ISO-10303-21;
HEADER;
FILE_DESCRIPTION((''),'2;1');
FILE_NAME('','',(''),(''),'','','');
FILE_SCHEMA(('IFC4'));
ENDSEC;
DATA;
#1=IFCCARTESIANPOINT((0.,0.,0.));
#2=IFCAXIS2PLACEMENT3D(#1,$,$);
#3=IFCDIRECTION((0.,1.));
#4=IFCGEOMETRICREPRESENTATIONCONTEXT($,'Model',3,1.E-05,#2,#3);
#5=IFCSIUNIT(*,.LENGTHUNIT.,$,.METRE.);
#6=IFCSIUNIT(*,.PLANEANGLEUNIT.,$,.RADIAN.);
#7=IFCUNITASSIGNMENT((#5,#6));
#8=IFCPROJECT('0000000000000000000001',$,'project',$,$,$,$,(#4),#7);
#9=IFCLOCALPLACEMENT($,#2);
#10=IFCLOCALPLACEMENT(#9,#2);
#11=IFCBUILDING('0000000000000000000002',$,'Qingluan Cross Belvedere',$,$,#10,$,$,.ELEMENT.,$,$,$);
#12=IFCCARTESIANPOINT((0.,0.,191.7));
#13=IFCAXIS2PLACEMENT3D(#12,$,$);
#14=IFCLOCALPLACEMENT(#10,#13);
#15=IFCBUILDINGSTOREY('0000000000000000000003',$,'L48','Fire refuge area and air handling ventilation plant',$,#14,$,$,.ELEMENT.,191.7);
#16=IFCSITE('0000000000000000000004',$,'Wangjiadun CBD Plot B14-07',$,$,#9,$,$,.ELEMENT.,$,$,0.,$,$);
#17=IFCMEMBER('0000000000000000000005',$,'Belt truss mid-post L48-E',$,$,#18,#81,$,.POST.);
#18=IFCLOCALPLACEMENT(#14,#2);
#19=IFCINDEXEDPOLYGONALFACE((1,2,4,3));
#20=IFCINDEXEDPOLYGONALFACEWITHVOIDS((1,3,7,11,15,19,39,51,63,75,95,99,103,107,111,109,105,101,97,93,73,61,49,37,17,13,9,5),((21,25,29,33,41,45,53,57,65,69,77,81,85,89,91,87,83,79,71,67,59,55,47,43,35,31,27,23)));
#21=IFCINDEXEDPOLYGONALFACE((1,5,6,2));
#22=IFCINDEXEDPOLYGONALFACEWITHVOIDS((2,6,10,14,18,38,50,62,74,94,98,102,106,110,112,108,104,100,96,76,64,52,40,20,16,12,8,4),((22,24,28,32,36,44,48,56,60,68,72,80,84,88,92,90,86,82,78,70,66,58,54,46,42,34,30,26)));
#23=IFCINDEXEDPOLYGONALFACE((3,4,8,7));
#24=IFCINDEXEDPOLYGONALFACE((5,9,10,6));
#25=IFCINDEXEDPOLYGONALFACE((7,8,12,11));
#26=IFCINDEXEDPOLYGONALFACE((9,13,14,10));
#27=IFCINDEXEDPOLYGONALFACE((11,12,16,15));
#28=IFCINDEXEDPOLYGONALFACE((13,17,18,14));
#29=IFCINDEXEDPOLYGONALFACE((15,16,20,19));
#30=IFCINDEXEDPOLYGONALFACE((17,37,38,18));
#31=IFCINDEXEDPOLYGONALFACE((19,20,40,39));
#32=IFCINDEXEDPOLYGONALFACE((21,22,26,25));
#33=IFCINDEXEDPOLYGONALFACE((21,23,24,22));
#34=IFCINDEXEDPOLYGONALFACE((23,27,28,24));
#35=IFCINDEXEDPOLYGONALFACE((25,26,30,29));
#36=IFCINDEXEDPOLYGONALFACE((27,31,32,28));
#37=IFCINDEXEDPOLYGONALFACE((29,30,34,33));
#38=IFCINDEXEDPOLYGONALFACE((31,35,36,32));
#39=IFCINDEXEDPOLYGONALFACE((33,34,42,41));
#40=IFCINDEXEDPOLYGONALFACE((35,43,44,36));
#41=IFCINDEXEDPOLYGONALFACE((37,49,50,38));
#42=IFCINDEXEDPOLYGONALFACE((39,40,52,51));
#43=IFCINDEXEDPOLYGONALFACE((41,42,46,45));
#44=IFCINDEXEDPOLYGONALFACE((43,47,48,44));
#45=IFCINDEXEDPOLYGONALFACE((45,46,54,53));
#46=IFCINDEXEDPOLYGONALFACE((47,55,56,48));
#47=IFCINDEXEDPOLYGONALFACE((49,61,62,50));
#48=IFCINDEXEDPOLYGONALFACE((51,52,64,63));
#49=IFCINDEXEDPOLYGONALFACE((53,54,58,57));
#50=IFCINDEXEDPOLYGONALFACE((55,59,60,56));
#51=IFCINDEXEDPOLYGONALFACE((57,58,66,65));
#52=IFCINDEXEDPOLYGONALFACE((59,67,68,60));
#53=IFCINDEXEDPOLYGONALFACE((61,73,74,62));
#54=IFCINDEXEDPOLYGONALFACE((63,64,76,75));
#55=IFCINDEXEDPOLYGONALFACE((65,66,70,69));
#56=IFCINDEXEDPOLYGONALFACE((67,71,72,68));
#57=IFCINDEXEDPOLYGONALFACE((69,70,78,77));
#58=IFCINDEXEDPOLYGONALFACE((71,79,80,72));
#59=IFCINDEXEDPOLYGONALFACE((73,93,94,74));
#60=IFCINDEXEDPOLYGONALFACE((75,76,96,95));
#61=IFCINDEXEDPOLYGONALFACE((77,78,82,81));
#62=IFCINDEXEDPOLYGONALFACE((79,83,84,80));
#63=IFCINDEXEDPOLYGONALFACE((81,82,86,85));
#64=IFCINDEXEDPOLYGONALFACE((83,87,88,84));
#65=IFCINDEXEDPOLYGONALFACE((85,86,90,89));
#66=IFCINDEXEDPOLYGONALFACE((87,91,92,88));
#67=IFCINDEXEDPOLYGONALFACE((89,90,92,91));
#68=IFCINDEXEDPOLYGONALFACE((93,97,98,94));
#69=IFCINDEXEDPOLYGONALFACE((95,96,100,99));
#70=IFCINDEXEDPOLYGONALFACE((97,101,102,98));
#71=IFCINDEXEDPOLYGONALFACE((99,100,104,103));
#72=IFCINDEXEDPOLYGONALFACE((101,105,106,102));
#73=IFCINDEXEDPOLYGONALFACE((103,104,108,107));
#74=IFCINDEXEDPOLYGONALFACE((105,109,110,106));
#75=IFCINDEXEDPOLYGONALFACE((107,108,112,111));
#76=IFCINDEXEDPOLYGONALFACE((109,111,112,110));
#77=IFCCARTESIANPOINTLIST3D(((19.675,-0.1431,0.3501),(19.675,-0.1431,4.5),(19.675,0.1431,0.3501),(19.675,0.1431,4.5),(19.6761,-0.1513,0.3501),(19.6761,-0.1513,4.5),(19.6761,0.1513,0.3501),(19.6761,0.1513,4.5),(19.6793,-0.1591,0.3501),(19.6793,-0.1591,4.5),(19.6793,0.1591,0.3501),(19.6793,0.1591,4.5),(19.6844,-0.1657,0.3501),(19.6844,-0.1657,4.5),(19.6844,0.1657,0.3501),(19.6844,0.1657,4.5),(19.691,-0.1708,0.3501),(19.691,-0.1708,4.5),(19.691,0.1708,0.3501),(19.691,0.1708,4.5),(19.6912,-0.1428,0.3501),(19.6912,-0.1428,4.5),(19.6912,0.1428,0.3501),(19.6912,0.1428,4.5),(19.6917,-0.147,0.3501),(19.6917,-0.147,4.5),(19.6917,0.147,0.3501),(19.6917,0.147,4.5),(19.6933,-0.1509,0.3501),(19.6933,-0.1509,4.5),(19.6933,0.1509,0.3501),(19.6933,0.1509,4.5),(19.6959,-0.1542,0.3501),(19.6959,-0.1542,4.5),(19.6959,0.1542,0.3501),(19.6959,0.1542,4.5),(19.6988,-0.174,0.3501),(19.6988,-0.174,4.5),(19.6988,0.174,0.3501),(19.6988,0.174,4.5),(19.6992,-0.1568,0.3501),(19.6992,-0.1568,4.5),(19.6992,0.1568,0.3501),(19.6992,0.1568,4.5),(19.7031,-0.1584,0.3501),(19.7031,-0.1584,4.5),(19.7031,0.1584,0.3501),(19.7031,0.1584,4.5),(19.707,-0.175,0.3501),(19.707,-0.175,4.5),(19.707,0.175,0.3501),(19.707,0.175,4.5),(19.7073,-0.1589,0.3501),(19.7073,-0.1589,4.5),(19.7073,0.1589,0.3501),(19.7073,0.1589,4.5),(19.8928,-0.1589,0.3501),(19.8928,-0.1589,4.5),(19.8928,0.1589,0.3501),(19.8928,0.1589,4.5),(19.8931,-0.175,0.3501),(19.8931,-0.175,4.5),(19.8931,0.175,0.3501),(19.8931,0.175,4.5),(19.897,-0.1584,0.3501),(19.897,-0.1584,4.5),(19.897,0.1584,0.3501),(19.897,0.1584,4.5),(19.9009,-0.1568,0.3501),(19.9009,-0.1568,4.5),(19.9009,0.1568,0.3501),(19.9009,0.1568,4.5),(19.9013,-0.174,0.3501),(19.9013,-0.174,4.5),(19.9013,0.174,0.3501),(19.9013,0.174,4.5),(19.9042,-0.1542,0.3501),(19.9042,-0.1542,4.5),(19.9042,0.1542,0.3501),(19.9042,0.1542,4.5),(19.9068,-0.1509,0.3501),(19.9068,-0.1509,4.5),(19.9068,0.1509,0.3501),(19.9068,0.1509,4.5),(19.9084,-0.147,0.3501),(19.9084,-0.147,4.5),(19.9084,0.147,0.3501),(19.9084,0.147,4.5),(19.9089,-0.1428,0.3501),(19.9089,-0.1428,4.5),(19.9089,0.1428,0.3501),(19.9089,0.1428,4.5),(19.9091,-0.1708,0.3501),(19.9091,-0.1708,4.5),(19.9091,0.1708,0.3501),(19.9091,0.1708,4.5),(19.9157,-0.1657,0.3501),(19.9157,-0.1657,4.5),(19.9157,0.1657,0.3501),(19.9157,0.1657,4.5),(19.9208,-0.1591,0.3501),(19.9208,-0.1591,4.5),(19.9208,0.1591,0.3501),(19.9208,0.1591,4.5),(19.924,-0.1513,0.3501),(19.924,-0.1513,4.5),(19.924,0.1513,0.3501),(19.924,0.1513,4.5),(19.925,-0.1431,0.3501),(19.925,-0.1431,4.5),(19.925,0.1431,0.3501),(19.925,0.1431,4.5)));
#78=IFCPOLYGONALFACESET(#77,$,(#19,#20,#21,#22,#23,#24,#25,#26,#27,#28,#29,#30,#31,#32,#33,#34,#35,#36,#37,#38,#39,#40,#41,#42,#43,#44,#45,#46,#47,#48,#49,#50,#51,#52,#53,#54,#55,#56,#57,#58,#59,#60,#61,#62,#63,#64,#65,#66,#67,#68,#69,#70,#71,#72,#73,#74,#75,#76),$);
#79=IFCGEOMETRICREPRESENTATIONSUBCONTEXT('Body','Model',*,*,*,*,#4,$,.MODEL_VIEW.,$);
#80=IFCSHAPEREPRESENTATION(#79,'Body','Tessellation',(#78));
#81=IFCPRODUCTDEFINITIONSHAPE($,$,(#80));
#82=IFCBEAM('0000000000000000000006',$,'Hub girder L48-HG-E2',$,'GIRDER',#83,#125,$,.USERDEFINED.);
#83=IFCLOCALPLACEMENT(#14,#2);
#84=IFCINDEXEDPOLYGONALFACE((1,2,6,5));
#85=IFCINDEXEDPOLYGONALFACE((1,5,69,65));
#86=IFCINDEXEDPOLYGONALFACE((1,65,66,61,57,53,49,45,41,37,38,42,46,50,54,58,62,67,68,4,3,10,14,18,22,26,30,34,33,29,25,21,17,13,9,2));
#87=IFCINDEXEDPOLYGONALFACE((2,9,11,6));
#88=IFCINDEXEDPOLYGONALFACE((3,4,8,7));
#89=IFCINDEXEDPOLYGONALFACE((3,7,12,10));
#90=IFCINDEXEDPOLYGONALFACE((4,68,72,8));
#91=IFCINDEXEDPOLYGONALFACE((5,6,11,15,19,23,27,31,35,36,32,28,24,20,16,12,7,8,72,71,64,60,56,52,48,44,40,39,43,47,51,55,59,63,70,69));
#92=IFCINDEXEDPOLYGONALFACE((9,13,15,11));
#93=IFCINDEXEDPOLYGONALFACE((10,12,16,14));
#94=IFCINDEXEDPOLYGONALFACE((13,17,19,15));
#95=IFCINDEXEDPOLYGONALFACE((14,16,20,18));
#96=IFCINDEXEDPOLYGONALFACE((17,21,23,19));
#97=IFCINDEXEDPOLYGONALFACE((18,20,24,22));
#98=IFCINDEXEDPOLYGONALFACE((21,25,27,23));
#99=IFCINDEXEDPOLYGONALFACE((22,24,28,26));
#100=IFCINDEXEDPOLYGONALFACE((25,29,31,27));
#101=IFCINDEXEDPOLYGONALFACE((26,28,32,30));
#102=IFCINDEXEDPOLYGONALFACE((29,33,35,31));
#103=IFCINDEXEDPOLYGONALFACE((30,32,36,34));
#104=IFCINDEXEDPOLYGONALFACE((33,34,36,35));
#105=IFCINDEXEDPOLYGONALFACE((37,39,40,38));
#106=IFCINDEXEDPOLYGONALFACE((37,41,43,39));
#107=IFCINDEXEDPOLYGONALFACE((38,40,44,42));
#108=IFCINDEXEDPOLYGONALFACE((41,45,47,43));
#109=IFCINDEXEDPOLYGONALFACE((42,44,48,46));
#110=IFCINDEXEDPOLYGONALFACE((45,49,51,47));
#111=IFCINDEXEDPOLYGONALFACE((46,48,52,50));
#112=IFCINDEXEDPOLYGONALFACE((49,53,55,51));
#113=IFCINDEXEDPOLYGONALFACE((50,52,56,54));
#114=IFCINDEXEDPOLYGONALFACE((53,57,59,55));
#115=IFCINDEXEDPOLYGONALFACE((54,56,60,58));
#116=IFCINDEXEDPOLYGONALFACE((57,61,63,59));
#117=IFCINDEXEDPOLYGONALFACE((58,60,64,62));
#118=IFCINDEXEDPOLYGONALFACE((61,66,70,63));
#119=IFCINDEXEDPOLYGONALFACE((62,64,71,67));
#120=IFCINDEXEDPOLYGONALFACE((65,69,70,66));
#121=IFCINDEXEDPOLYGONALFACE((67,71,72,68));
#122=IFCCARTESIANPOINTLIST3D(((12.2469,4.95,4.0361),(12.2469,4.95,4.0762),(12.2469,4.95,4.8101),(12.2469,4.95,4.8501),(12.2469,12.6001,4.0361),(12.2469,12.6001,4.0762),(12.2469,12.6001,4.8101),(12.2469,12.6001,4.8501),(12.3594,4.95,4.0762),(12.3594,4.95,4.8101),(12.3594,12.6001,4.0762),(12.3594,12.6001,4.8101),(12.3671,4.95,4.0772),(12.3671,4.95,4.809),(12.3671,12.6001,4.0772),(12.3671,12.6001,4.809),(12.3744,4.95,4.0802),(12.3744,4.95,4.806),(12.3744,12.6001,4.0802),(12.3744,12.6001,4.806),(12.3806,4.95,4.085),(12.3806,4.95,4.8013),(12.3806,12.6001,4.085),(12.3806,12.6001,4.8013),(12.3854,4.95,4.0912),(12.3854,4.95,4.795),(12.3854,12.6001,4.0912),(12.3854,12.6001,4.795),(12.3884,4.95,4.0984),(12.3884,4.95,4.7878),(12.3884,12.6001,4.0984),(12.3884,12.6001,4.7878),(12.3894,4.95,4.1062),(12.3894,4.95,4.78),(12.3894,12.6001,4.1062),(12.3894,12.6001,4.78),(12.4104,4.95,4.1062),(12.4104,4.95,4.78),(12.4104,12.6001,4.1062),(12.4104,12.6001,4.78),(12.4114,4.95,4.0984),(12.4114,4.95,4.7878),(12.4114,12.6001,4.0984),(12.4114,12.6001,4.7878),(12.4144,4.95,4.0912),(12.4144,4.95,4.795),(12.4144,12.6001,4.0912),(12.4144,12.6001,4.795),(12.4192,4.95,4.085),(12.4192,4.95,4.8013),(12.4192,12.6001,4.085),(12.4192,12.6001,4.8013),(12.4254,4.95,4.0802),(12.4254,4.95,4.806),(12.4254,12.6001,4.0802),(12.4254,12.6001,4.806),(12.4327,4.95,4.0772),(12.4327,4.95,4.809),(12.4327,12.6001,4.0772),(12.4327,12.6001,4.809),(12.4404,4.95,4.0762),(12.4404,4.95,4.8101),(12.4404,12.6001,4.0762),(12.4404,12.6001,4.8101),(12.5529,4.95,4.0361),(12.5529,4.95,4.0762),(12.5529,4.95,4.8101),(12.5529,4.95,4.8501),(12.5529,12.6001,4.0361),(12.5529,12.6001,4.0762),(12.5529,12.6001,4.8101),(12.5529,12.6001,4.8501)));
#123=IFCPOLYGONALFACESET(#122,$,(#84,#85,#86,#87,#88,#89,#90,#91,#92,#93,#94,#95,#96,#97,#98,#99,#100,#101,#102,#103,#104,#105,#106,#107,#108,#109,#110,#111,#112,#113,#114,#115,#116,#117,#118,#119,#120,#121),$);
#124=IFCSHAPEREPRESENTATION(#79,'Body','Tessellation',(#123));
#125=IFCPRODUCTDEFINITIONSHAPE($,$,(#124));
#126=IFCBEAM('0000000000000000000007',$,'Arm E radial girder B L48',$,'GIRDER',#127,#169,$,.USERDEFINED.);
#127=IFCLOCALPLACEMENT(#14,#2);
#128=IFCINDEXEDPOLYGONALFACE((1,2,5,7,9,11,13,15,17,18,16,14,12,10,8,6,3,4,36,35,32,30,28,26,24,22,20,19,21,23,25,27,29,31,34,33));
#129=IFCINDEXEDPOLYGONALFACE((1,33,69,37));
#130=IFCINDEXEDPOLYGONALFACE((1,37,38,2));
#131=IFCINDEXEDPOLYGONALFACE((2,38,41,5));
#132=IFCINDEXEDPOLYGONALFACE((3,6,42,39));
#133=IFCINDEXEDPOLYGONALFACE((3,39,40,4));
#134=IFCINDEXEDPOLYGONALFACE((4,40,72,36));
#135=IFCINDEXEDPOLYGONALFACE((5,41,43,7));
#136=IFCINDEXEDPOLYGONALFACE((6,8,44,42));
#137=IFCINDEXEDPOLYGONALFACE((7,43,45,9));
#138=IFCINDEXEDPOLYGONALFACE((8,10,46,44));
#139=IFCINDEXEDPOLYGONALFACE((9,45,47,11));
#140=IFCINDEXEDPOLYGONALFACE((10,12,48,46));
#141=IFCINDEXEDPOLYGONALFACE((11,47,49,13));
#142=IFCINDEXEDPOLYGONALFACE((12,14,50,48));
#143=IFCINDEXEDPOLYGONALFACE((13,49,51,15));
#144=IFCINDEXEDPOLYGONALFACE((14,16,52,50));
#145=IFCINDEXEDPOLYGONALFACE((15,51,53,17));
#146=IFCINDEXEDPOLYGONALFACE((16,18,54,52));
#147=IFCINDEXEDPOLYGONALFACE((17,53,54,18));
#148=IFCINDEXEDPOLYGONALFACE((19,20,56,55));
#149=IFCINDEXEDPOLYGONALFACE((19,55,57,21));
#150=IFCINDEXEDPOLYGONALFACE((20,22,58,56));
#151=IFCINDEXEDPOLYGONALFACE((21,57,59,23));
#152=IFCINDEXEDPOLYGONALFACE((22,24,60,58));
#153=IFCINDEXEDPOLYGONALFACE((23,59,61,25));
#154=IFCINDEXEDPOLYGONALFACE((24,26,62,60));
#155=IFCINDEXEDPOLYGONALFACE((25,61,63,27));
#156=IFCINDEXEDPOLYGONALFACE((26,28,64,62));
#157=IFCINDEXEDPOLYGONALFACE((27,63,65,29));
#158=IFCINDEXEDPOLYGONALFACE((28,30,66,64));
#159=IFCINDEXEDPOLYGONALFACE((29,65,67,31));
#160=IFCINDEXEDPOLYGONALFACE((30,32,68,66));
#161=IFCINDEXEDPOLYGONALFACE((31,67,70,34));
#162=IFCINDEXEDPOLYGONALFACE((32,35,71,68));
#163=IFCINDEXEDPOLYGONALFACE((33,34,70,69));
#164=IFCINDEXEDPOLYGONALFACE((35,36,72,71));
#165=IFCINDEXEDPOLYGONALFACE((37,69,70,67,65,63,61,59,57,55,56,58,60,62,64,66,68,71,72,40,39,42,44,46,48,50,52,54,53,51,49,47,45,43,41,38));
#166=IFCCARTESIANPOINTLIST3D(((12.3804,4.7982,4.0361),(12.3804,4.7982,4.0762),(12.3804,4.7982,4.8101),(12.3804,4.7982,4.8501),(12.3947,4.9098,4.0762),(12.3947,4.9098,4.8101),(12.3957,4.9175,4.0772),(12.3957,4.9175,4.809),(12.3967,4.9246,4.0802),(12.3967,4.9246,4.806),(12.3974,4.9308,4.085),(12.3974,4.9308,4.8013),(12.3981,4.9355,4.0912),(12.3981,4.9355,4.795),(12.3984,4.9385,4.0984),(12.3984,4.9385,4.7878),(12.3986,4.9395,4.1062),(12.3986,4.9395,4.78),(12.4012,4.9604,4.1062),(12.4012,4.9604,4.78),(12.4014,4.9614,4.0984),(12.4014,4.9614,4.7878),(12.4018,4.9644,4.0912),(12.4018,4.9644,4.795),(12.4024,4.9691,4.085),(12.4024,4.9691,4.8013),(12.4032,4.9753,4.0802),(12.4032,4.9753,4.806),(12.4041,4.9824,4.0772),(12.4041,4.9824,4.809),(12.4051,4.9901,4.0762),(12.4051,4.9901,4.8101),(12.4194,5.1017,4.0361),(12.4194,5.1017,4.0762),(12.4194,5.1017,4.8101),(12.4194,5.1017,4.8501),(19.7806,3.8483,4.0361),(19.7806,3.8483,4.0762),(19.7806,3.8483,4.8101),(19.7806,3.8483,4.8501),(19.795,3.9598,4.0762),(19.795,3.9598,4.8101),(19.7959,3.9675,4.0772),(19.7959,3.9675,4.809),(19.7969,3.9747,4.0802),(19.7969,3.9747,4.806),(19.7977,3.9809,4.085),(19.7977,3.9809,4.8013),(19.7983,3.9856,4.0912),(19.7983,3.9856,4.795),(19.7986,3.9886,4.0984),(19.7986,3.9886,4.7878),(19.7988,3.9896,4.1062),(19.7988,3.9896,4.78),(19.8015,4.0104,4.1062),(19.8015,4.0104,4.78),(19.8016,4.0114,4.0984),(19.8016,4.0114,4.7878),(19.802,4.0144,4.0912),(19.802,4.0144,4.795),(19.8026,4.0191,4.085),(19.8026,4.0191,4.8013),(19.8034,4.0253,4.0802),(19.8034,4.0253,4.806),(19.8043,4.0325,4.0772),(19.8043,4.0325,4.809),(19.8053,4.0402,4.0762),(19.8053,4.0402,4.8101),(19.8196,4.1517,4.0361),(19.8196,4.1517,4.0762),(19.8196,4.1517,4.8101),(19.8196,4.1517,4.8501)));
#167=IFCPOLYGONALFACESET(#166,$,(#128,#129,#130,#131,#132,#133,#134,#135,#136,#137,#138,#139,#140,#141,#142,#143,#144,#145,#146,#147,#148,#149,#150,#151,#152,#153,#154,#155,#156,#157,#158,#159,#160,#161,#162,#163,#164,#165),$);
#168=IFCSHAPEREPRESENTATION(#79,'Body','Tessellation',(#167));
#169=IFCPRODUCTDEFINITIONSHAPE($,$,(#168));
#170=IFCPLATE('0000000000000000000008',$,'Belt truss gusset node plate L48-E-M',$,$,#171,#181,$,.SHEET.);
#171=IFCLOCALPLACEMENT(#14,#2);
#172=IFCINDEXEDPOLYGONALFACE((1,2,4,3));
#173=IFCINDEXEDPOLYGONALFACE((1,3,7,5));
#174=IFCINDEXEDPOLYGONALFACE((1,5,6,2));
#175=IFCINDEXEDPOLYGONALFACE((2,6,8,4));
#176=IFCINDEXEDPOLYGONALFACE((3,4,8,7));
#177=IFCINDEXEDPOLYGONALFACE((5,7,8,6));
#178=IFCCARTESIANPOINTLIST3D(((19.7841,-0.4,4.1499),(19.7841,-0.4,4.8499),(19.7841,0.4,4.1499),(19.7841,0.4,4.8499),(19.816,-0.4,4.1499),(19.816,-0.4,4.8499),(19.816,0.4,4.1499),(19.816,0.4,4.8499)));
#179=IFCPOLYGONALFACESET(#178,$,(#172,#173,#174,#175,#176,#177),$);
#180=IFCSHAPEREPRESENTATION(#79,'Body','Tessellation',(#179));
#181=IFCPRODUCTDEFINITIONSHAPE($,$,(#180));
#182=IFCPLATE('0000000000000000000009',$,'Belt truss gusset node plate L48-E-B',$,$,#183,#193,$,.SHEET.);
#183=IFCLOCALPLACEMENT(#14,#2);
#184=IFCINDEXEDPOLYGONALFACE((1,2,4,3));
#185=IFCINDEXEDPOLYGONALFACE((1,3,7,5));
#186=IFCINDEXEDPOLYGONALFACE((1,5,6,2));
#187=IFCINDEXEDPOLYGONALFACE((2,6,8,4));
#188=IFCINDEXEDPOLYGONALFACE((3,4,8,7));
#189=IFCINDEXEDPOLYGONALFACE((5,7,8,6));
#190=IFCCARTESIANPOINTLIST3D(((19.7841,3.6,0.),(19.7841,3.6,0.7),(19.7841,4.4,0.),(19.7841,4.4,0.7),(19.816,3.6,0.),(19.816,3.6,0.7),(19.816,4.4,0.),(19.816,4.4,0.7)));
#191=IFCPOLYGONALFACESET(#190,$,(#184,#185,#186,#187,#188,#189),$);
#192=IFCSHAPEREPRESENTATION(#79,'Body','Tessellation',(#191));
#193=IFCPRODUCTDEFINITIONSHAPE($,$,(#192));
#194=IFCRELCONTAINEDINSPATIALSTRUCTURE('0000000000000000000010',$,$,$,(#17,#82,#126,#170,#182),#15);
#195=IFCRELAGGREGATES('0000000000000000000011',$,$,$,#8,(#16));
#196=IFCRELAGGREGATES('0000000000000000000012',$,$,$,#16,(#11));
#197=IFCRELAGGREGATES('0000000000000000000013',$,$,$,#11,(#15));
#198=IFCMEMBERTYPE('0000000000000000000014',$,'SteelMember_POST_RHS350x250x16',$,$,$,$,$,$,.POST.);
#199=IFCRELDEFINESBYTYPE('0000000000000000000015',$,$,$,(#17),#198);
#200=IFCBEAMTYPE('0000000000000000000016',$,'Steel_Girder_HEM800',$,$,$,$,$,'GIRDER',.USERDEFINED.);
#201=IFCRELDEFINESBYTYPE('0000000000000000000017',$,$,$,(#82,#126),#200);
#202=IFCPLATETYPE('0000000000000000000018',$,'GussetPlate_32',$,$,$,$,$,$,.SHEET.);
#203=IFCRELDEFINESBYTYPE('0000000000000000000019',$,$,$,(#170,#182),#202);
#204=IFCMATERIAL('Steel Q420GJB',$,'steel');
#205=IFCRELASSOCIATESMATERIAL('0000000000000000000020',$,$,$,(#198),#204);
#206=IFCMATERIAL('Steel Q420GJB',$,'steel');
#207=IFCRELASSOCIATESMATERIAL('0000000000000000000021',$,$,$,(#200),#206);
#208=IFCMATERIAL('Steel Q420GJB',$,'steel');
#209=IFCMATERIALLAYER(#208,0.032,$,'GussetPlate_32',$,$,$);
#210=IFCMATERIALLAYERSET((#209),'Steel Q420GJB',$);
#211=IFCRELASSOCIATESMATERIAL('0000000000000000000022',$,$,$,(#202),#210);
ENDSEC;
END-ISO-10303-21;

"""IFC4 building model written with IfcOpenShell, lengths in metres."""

from ifc_helpers import new_model, si_unit, direction, frame, origin, origin_2d, place, context, subcontext, project, spatial, rectangle, hollow_rectangle, i_section, extrude, material, layer, layer_set, material_profile, profile_set, type_object, element, save


model = new_model("IFC4")

# Units and contexts
model_context = context("Model", 3, precision=1e-05, world=origin(), true_north=direction((0.0, 1.0)))
body_context = subcontext(model_context, "Body", "Model", "MODEL_VIEW")
ifc_project = project(units=[si_unit("LENGTHUNIT", "METRE"), si_unit("PLANEANGLEUNIT", "RADIAN")], contexts=[model_context])

# Site, building, storey
site_placement = place(None, origin())
site = spatial("IfcSite", under=ifc_project, at=site_placement, Name="Wangjiadun CBD Plot B14-07", CompositionType="ELEMENT", RefElevation=0.0)
building_placement = place(site_placement, origin())
building = spatial("IfcBuilding", under=site, at=building_placement, Name="Qingluan Cross Belvedere", CompositionType="ELEMENT")
storey_placement = place(building_placement, frame((0.0, 0.0, 191.7)))
storey = spatial("IfcBuildingStorey", under=building, at=storey_placement, Name="L48", Description="Fire refuge area and air handling ventilation plant", CompositionType="ELEMENT", Elevation=191.7)

# Member
ifc_material_1 = material(Name="Steel Q420GJB", Category="steel")
ifc_material_profile_1 = material_profile(ifc_material_1, hollow_rectangle(XDim=0.25, YDim=0.3501, WallThickness=0.0161, InnerFilletRadius=0.0161, OuterFilletRadius=0.032, at=origin_2d()), Name="RHS350x250x16")
ifc_profile_set_1 = profile_set([ifc_material_profile_1], Name="Steel Q420GJB")
member_type_1 = type_object("IfcMemberType", Name="SteelMember_POST_RHS350x250x16", PredefinedType="POST", material=ifc_profile_set_1)
member_1_placement = place(storey_placement, frame((19.8, 0.0, 0.3501), z_axis=(0.0, 0.0, 1.0), x_axis=(1.0, 0.0, 0.0)))
element("IfcMember", 1, at=member_1_placement, inside=storey, type_object=member_type_1, Name="Belt truss mid-post L48-E", PredefinedType="POST", context=body_context, shape_type="SweptSolid", body=[
    extrude(hollow_rectangle(XDim=0.25, YDim=0.3501, WallThickness=0.0161, InnerFilletRadius=0.0161, OuterFilletRadius=0.032, at=origin_2d()), origin(), (0.0, 0.0, 1.0), 4.1499),
])

# Beams
ifc_material_2 = material(Name="Steel Q420GJB", Category="steel")
ifc_material_profile_2 = material_profile(ifc_material_2, i_section(OverallWidth=0.3059, OverallDepth=0.814, WebThickness=0.021, FlangeThickness=0.04, FilletRadius=0.03, at=origin_2d()), Name="HEM800")
ifc_profile_set_2 = profile_set([ifc_material_profile_2], Name="Steel Q420GJB")
beam_type = type_object("IfcBeamType", Name="Steel_Girder_HEM800", ElementType="GIRDER", PredefinedType="USERDEFINED", material=ifc_profile_set_2)
beam_1_placement = place(storey_placement, frame((12.3999, 4.95, 4.4431), z_axis=(0.0, 1.0, 0.0), x_axis=(-1.0, 0.0, 0.0)))
element("IfcBeam", 2, at=beam_1_placement, inside=storey, type_object=beam_type, Name="Hub girder L48-HG-E2", ObjectType="GIRDER", PredefinedType="USERDEFINED", context=body_context, shape_type="SweptSolid", body=[
    extrude(i_section(OverallWidth=0.3059, OverallDepth=0.814, WebThickness=0.021, FlangeThickness=0.04, FilletRadius=0.03, at=origin_2d()), origin(), (0.0, 0.0, 1.0), 7.6501),
])
beam_2_placement = place(storey_placement, frame((12.3999, 4.95, 4.4431), z_axis=(0.991861, -0.127324, 0.0), x_axis=(0.127324, 0.991861, 0.0)))
element("IfcBeam", 3, at=beam_2_placement, inside=storey, type_object=beam_type, Name="Arm E radial girder B L48", ObjectType="GIRDER", PredefinedType="USERDEFINED", context=body_context, shape_type="SweptSolid", body=[
    extrude(i_section(OverallWidth=0.3059, OverallDepth=0.814, WebThickness=0.021, FlangeThickness=0.04, FilletRadius=0.03, at=origin_2d()), origin(), (0.0, 0.0, 1.0), 7.4609),
])

# Plates
ifc_material_3 = material(Name="Steel Q420GJB", Category="steel")
ifc_layer_1 = layer(ifc_material_3, 0.032, Name="GussetPlate_32")
ifc_layer_set_1 = layer_set([ifc_layer_1], Name="Steel Q420GJB")
plate_type = type_object("IfcPlateType", Name="GussetPlate_32", PredefinedType="SHEET", material=ifc_layer_set_1)
for number, where, z_axis, x_axis, name in (
    (4, (19.8, 0.0, 4.1499), (0.0, 0.0, 1.0), (0.0, 1.0, 0.0), "Belt truss gusset node plate L48-E-M"),
    (5, (19.8, 4.0, 0.0), (0.0, 0.0, 1.0), (0.0, 1.0, 0.0), "Belt truss gusset node plate L48-E-B"),
):
    element("IfcPlate", number, at=place(storey_placement, frame(where, z_axis=z_axis, x_axis=x_axis)), inside=storey, type_object=plate_type, Name=name, PredefinedType="SHEET", context=body_context, shape_type="SweptSolid", body=[
        extrude(rectangle(XDim=0.8, YDim=0.032, at=origin_2d()), origin(), (0.0, 0.0, 1.0), 0.7),
    ])

save(model, "model.ifc")
